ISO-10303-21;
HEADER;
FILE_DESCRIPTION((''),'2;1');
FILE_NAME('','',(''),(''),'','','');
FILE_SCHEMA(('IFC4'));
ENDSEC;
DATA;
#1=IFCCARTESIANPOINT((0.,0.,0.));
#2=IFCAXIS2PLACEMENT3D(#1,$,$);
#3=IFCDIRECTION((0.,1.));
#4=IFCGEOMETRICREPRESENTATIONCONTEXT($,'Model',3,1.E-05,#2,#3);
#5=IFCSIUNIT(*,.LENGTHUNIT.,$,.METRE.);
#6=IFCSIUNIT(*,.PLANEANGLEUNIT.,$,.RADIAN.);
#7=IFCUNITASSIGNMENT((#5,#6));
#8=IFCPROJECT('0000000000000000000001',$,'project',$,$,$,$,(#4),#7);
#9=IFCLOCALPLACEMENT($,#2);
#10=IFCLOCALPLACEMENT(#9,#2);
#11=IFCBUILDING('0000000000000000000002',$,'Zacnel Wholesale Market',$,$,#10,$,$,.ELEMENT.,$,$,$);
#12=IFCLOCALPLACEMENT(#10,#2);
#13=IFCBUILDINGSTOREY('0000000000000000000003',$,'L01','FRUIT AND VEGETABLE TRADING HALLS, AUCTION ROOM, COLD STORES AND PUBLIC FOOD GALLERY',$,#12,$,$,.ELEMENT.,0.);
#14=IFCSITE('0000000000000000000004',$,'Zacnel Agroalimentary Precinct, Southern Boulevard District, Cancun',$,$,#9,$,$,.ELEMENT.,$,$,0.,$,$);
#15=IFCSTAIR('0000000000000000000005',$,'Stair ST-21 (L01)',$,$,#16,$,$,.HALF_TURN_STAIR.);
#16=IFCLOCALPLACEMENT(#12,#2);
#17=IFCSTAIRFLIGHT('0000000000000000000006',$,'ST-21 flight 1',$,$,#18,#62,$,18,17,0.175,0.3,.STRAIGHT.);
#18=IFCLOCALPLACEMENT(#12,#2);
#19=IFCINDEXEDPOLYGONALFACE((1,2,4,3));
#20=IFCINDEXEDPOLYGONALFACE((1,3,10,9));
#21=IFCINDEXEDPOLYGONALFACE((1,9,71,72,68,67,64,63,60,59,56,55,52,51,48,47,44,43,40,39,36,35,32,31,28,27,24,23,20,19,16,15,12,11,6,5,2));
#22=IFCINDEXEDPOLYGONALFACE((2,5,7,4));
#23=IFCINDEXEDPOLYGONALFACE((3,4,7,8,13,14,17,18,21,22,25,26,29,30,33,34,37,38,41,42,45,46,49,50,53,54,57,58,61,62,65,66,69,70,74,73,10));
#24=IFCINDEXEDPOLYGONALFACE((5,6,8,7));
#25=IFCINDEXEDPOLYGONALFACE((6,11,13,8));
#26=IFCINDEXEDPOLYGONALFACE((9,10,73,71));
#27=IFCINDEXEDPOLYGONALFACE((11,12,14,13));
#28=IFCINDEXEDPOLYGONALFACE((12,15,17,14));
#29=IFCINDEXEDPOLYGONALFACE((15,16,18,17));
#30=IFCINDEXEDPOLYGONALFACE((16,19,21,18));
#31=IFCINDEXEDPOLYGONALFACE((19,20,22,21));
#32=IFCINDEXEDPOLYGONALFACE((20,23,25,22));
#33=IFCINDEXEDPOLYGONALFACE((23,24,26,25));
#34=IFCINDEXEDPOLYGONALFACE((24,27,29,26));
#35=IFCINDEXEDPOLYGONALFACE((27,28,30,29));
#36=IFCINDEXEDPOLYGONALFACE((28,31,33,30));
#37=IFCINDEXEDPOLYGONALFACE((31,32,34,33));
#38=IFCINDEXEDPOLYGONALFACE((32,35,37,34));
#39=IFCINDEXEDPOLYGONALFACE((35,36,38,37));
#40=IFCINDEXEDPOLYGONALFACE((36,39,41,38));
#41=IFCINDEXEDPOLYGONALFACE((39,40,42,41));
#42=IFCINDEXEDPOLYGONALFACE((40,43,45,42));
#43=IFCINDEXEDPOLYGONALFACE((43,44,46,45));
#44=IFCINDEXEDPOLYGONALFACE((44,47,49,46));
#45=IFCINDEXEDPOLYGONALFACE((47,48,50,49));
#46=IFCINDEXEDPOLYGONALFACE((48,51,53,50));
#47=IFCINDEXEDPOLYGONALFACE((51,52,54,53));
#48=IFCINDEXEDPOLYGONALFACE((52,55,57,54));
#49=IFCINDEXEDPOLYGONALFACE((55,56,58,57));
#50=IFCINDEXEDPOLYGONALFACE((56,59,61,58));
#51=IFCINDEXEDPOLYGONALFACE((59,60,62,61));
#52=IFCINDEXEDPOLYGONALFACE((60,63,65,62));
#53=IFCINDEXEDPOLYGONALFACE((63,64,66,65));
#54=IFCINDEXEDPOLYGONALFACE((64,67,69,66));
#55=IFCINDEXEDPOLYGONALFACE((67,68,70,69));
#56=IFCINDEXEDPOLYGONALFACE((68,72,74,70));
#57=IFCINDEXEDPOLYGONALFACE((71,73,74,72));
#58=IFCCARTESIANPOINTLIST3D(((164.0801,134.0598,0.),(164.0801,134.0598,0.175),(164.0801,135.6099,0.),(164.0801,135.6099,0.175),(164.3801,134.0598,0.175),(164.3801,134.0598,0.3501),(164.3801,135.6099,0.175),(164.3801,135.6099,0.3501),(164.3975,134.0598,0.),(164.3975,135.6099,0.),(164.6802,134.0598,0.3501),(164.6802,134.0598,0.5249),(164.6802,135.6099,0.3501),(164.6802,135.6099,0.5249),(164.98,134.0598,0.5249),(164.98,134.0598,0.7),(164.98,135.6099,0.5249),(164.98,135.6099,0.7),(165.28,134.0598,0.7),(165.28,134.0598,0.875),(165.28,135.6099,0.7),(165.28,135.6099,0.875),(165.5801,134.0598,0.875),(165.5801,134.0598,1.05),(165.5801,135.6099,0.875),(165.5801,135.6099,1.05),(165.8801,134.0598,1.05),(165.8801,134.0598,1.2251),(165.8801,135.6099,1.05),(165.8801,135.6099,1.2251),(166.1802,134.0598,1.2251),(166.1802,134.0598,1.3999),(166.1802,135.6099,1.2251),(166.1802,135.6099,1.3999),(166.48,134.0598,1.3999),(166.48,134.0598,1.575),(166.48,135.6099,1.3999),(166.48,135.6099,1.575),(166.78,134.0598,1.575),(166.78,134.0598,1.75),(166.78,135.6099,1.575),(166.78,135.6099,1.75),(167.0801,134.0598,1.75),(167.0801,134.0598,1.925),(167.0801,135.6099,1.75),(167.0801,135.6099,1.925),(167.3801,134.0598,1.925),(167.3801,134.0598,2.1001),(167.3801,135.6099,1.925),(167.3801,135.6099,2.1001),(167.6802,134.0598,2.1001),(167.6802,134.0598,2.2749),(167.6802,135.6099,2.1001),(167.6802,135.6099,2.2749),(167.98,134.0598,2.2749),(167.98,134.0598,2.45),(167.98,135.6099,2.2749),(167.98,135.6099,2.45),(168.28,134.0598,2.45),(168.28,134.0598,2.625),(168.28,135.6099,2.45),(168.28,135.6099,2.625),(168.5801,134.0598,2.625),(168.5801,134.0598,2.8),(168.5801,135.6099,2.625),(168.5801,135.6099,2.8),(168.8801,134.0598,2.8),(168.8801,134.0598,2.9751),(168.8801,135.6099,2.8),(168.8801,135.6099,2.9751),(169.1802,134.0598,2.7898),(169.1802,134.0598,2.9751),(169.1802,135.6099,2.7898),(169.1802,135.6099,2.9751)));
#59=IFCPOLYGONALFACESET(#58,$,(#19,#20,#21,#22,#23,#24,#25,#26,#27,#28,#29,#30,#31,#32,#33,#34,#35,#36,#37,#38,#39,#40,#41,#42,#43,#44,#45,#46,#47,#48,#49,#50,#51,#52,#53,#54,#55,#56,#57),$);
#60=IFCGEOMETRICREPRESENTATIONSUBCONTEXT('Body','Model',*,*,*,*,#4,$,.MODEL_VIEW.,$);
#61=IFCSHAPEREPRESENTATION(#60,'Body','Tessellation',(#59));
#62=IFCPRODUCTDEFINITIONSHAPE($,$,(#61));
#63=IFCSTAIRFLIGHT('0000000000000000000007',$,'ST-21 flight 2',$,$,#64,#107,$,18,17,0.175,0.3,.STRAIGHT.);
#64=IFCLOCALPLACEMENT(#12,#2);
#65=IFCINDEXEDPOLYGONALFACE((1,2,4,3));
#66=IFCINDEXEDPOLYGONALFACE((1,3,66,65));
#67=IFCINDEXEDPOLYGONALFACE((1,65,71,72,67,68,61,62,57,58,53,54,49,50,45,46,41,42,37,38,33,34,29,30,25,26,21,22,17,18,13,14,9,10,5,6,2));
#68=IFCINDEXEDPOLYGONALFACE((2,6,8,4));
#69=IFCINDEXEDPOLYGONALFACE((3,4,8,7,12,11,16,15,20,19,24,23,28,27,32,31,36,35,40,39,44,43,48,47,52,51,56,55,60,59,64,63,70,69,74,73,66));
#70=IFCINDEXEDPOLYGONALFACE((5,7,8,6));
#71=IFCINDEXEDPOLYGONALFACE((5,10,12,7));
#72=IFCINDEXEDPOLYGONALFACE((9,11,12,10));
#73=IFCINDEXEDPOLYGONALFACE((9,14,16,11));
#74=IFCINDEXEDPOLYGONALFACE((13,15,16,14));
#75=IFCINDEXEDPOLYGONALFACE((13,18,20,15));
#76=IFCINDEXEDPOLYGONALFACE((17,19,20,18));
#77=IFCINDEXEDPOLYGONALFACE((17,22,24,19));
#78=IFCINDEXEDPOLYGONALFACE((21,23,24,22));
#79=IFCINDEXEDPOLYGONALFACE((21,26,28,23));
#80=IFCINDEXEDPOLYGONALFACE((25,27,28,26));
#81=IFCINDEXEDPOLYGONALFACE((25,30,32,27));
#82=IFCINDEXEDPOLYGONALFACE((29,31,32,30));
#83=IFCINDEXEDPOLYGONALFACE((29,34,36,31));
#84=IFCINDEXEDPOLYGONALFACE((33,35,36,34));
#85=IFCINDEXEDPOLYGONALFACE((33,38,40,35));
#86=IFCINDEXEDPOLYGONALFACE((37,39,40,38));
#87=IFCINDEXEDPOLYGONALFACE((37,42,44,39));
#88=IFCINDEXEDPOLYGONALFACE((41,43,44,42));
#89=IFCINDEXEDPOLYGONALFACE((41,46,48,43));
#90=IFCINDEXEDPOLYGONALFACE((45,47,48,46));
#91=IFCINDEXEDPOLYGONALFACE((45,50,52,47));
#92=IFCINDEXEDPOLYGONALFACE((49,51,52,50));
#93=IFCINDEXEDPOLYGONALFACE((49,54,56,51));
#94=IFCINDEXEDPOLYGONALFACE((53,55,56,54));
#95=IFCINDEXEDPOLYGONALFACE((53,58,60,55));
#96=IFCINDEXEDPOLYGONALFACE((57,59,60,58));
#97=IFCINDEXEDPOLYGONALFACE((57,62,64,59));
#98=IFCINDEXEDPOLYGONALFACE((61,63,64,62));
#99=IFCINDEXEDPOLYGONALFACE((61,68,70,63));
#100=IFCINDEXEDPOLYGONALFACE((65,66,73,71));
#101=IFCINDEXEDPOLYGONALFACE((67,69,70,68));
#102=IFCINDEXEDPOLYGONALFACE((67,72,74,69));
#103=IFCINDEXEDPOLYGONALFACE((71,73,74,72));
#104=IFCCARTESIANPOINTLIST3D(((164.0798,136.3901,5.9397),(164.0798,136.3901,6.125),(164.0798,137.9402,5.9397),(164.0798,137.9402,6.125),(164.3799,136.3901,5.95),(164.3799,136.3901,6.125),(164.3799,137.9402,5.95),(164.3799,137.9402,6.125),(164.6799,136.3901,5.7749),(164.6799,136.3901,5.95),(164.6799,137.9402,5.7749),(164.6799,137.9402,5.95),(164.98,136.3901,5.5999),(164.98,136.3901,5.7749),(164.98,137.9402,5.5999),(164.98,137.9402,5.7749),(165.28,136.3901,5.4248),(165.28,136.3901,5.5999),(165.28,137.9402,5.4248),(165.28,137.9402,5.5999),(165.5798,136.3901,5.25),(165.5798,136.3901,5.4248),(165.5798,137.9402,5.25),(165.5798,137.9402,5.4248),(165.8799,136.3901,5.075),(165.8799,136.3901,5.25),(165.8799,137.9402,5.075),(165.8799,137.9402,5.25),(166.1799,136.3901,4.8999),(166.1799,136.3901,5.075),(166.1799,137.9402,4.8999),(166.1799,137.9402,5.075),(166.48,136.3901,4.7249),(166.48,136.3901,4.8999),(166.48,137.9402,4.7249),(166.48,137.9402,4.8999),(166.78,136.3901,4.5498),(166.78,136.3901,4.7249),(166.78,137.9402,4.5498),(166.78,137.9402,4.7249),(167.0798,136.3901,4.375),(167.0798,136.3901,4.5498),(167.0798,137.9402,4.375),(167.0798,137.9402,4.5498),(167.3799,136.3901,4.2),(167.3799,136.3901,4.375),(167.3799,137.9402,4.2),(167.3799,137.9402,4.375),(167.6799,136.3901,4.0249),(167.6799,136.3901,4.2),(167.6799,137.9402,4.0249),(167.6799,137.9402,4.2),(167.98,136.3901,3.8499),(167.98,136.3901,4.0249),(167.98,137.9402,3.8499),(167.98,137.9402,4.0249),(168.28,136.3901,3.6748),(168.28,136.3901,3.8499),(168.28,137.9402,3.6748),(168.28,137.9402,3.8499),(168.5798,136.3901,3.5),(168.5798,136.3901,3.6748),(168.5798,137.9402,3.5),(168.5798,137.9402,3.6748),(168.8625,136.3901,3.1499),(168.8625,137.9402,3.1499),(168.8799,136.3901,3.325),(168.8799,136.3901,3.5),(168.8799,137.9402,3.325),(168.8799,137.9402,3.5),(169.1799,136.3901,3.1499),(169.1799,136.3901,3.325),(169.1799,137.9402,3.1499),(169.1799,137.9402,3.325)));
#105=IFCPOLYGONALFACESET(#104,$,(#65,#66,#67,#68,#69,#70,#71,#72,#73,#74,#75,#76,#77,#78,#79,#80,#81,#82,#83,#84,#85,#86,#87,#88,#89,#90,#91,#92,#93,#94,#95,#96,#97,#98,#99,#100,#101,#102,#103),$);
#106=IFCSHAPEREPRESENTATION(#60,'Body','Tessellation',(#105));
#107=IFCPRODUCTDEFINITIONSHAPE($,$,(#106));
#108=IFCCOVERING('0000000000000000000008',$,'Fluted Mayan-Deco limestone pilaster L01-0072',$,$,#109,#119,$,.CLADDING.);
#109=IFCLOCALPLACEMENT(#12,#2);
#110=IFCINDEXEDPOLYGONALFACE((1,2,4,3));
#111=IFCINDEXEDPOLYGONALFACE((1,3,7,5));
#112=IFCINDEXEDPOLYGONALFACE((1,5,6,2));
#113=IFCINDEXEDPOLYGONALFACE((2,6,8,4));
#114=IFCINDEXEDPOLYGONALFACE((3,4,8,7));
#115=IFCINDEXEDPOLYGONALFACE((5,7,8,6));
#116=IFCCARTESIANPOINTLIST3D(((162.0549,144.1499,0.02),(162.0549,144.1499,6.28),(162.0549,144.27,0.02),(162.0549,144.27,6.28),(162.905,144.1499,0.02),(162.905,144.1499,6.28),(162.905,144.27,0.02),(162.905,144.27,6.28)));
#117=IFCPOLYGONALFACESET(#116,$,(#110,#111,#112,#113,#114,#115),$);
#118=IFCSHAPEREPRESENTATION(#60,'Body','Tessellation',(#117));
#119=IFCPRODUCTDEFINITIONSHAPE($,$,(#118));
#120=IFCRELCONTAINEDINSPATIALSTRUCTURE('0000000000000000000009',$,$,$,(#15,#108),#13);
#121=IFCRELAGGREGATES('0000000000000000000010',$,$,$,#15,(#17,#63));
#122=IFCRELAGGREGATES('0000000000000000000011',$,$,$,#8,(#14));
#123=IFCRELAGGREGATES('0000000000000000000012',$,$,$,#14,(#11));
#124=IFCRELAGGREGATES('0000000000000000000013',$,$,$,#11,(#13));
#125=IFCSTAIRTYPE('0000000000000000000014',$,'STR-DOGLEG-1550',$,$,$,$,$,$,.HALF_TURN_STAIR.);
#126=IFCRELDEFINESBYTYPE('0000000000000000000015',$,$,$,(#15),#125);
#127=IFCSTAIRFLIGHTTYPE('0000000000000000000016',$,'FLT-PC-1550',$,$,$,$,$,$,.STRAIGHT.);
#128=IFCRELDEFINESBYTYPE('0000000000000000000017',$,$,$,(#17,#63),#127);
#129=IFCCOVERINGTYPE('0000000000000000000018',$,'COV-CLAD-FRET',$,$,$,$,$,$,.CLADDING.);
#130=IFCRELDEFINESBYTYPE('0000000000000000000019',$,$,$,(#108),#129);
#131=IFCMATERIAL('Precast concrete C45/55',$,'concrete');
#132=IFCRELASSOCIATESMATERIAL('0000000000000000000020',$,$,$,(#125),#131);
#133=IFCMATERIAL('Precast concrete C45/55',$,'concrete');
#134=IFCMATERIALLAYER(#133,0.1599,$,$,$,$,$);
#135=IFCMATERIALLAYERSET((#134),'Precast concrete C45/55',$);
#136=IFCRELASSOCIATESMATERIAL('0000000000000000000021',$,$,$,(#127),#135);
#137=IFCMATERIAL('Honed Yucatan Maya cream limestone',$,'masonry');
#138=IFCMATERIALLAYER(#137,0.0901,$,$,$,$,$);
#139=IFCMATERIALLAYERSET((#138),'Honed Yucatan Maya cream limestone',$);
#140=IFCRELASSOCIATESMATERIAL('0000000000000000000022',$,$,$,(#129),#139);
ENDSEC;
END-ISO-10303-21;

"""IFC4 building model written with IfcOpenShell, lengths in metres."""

from ifc_helpers import new_model, si_unit, direction, frame, origin, origin_2d, place, context, subcontext, project, spatial, polyline, rectangle, outline, extrude, material, layer, layer_set, type_object, element, aggregate, save


model = new_model("IFC4")

# Units and contexts
model_context = context("Model", 3, precision=1e-05, world=origin(), true_north=direction((0.0, 1.0)))
body_context = subcontext(model_context, "Body", "Model", "MODEL_VIEW")
ifc_project = project(units=[si_unit("LENGTHUNIT", "METRE"), si_unit("PLANEANGLEUNIT", "RADIAN")], contexts=[model_context])

# Site, building, storey
site_placement = place(None, origin())
site = spatial("IfcSite", under=ifc_project, at=site_placement, Name="Zacnel Agroalimentary Precinct, Southern Boulevard District, Cancun", CompositionType="ELEMENT", RefElevation=0.0)
building_placement = place(site_placement, origin())
building = spatial("IfcBuilding", under=site, at=building_placement, Name="Zacnel Wholesale Market", CompositionType="ELEMENT")
storey_placement = place(building_placement, origin())
storey = spatial("IfcBuildingStorey", under=building, at=storey_placement, Name="L01", Description="FRUIT AND VEGETABLE TRADING HALLS, AUCTION ROOM, COLD STORES AND PUBLIC FOOD GALLERY", CompositionType="ELEMENT", Elevation=0.0)

# Stair, stair flights
ifc_material_1 = material(Name="Precast concrete C45/55", Category="concrete")
stair_type = type_object("IfcStairType", Name="STR-DOGLEG-1550", PredefinedType="HALF_TURN_STAIR", material=ifc_material_1)
stair_placement = place(storey_placement, origin())
stair = element("IfcStair", 1, at=stair_placement, inside=storey, type_object=stair_type, Name="Stair ST-21 (L01)", PredefinedType="HALF_TURN_STAIR")
ifc_material_2 = material(Name="Precast concrete C45/55", Category="concrete")
ifc_layer_1 = layer(ifc_material_2, 0.1599)
ifc_layer_set_1 = layer_set([ifc_layer_1], Name="Precast concrete C45/55")
stair_flight_type = type_object("IfcStairFlightType", Name="FLT-PC-1550", PredefinedType="STRAIGHT", material=ifc_layer_set_1)
stair_flight_1_placement = place(storey_placement, frame((164.0801, 134.835, 0.0), z_axis=(0.0, 0.0, 1.0), x_axis=(1.0, 0.0, 0.0)))
stair_flight_1 = element("IfcStairFlight", 2, at=stair_flight_1_placement, type_object=stair_flight_type, Name="ST-21 flight 1", NumberOfRisers=18, NumberOfTreads=17, PredefinedType="STRAIGHT", RiserHeight=0.175, TreadLength=0.3, context=body_context, shape_type="SweptSolid", body=[
    extrude(outline(polyline([(0.0, 0.0), (0.0, 0.175), (0.3, 0.175), (0.3, 0.3501), (0.6001, 0.3501), (0.6001, 0.5249), (0.8999, 0.5249), (0.8999, 0.7), (1.2, 0.7), (1.2, 0.875), (1.5, 0.875), (1.5, 1.05), (1.8, 1.05), (1.8, 1.2251), (2.1001, 1.2251), (2.1001, 1.3999), (2.3999, 1.3999), (2.3999, 1.575), (2.7, 1.575), (2.7, 1.75), (3.0, 1.75), (3.0, 1.925), (3.3, 1.925), (3.3, 2.1001), (3.6001, 2.1001), (3.6001, 2.2749), (3.8999, 2.2749), (3.8999, 2.45), (4.2, 2.45), (4.2, 2.625), (4.5, 2.625), (4.5, 2.8), (4.8, 2.8), (4.8, 2.9751), (5.1001, 2.9751), (5.1001, 3.1499), (5.1001, 2.7898), (0.3174, 0.0), (0.0, 0.0)])), frame((0.0, 0.7749, 0.0), z_axis=(0.0, -1.0, 0.0), x_axis=(1.0, 0.0, 0.0)), (0.0, 0.0, 1.0), 1.55),
])
stair_flight_2_placement = place(storey_placement, frame((169.1799, 137.165, 3.1499), z_axis=(0.0, 0.0, 1.0), x_axis=(-1.0, 0.0, 0.0)))
stair_flight_2 = element("IfcStairFlight", 3, at=stair_flight_2_placement, type_object=stair_flight_type, Name="ST-21 flight 2", NumberOfRisers=18, NumberOfTreads=17, PredefinedType="STRAIGHT", RiserHeight=0.175, TreadLength=0.3, context=body_context, shape_type="SweptSolid", body=[
    extrude(outline(polyline([(0.0, 0.0), (0.0, 0.175), (0.3, 0.175), (0.3, 0.3501), (0.6001, 0.3501), (0.6001, 0.5249), (0.8999, 0.5249), (0.8999, 0.7), (1.2, 0.7), (1.2, 0.875), (1.5, 0.875), (1.5, 1.05), (1.8, 1.05), (1.8, 1.2251), (2.1001, 1.2251), (2.1001, 1.3999), (2.3999, 1.3999), (2.3999, 1.575), (2.7, 1.575), (2.7, 1.75), (3.0, 1.75), (3.0, 1.925), (3.3, 1.925), (3.3, 2.1001), (3.6001, 2.1001), (3.6001, 2.2749), (3.8999, 2.2749), (3.8999, 2.45), (4.2, 2.45), (4.2, 2.625), (4.5, 2.625), (4.5, 2.8), (4.8, 2.8), (4.8, 2.9751), (5.1001, 2.9751), (5.1001, 3.1499), (5.1001, 2.7898), (0.3174, 0.0), (0.0, 0.0)])), frame((0.0, 0.7749, 0.0), z_axis=(0.0, -1.0, 0.0), x_axis=(1.0, 0.0, 0.0)), (0.0, 0.0, 1.0), 1.55),
])
aggregate(stair, [stair_flight_1, stair_flight_2])

# Covering
ifc_material_3 = material(Name="Honed Yucatan Maya cream limestone", Category="masonry")
ifc_layer_2 = layer(ifc_material_3, 0.0901)
ifc_layer_set_2 = layer_set([ifc_layer_2], Name="Honed Yucatan Maya cream limestone")
covering_type = type_object("IfcCoveringType", Name="COV-CLAD-FRET", PredefinedType="CLADDING", material=ifc_layer_set_2)
covering_placement = place(storey_placement, frame((162.48, 144.21, 0.02), z_axis=(0.0, 0.0, 1.0), x_axis=(1.0, 0.0, 0.0)))
element("IfcCovering", 4, at=covering_placement, inside=storey, type_object=covering_type, Name="Fluted Mayan-Deco limestone pilaster L01-0072", PredefinedType="CLADDING", context=body_context, shape_type="SweptSolid", body=[
    extrude(rectangle(XDim=0.8501, YDim=0.1201, at=origin_2d()), origin(), (0.0, 0.0, 1.0), 6.26),
])

save(model, "model.ifc")
